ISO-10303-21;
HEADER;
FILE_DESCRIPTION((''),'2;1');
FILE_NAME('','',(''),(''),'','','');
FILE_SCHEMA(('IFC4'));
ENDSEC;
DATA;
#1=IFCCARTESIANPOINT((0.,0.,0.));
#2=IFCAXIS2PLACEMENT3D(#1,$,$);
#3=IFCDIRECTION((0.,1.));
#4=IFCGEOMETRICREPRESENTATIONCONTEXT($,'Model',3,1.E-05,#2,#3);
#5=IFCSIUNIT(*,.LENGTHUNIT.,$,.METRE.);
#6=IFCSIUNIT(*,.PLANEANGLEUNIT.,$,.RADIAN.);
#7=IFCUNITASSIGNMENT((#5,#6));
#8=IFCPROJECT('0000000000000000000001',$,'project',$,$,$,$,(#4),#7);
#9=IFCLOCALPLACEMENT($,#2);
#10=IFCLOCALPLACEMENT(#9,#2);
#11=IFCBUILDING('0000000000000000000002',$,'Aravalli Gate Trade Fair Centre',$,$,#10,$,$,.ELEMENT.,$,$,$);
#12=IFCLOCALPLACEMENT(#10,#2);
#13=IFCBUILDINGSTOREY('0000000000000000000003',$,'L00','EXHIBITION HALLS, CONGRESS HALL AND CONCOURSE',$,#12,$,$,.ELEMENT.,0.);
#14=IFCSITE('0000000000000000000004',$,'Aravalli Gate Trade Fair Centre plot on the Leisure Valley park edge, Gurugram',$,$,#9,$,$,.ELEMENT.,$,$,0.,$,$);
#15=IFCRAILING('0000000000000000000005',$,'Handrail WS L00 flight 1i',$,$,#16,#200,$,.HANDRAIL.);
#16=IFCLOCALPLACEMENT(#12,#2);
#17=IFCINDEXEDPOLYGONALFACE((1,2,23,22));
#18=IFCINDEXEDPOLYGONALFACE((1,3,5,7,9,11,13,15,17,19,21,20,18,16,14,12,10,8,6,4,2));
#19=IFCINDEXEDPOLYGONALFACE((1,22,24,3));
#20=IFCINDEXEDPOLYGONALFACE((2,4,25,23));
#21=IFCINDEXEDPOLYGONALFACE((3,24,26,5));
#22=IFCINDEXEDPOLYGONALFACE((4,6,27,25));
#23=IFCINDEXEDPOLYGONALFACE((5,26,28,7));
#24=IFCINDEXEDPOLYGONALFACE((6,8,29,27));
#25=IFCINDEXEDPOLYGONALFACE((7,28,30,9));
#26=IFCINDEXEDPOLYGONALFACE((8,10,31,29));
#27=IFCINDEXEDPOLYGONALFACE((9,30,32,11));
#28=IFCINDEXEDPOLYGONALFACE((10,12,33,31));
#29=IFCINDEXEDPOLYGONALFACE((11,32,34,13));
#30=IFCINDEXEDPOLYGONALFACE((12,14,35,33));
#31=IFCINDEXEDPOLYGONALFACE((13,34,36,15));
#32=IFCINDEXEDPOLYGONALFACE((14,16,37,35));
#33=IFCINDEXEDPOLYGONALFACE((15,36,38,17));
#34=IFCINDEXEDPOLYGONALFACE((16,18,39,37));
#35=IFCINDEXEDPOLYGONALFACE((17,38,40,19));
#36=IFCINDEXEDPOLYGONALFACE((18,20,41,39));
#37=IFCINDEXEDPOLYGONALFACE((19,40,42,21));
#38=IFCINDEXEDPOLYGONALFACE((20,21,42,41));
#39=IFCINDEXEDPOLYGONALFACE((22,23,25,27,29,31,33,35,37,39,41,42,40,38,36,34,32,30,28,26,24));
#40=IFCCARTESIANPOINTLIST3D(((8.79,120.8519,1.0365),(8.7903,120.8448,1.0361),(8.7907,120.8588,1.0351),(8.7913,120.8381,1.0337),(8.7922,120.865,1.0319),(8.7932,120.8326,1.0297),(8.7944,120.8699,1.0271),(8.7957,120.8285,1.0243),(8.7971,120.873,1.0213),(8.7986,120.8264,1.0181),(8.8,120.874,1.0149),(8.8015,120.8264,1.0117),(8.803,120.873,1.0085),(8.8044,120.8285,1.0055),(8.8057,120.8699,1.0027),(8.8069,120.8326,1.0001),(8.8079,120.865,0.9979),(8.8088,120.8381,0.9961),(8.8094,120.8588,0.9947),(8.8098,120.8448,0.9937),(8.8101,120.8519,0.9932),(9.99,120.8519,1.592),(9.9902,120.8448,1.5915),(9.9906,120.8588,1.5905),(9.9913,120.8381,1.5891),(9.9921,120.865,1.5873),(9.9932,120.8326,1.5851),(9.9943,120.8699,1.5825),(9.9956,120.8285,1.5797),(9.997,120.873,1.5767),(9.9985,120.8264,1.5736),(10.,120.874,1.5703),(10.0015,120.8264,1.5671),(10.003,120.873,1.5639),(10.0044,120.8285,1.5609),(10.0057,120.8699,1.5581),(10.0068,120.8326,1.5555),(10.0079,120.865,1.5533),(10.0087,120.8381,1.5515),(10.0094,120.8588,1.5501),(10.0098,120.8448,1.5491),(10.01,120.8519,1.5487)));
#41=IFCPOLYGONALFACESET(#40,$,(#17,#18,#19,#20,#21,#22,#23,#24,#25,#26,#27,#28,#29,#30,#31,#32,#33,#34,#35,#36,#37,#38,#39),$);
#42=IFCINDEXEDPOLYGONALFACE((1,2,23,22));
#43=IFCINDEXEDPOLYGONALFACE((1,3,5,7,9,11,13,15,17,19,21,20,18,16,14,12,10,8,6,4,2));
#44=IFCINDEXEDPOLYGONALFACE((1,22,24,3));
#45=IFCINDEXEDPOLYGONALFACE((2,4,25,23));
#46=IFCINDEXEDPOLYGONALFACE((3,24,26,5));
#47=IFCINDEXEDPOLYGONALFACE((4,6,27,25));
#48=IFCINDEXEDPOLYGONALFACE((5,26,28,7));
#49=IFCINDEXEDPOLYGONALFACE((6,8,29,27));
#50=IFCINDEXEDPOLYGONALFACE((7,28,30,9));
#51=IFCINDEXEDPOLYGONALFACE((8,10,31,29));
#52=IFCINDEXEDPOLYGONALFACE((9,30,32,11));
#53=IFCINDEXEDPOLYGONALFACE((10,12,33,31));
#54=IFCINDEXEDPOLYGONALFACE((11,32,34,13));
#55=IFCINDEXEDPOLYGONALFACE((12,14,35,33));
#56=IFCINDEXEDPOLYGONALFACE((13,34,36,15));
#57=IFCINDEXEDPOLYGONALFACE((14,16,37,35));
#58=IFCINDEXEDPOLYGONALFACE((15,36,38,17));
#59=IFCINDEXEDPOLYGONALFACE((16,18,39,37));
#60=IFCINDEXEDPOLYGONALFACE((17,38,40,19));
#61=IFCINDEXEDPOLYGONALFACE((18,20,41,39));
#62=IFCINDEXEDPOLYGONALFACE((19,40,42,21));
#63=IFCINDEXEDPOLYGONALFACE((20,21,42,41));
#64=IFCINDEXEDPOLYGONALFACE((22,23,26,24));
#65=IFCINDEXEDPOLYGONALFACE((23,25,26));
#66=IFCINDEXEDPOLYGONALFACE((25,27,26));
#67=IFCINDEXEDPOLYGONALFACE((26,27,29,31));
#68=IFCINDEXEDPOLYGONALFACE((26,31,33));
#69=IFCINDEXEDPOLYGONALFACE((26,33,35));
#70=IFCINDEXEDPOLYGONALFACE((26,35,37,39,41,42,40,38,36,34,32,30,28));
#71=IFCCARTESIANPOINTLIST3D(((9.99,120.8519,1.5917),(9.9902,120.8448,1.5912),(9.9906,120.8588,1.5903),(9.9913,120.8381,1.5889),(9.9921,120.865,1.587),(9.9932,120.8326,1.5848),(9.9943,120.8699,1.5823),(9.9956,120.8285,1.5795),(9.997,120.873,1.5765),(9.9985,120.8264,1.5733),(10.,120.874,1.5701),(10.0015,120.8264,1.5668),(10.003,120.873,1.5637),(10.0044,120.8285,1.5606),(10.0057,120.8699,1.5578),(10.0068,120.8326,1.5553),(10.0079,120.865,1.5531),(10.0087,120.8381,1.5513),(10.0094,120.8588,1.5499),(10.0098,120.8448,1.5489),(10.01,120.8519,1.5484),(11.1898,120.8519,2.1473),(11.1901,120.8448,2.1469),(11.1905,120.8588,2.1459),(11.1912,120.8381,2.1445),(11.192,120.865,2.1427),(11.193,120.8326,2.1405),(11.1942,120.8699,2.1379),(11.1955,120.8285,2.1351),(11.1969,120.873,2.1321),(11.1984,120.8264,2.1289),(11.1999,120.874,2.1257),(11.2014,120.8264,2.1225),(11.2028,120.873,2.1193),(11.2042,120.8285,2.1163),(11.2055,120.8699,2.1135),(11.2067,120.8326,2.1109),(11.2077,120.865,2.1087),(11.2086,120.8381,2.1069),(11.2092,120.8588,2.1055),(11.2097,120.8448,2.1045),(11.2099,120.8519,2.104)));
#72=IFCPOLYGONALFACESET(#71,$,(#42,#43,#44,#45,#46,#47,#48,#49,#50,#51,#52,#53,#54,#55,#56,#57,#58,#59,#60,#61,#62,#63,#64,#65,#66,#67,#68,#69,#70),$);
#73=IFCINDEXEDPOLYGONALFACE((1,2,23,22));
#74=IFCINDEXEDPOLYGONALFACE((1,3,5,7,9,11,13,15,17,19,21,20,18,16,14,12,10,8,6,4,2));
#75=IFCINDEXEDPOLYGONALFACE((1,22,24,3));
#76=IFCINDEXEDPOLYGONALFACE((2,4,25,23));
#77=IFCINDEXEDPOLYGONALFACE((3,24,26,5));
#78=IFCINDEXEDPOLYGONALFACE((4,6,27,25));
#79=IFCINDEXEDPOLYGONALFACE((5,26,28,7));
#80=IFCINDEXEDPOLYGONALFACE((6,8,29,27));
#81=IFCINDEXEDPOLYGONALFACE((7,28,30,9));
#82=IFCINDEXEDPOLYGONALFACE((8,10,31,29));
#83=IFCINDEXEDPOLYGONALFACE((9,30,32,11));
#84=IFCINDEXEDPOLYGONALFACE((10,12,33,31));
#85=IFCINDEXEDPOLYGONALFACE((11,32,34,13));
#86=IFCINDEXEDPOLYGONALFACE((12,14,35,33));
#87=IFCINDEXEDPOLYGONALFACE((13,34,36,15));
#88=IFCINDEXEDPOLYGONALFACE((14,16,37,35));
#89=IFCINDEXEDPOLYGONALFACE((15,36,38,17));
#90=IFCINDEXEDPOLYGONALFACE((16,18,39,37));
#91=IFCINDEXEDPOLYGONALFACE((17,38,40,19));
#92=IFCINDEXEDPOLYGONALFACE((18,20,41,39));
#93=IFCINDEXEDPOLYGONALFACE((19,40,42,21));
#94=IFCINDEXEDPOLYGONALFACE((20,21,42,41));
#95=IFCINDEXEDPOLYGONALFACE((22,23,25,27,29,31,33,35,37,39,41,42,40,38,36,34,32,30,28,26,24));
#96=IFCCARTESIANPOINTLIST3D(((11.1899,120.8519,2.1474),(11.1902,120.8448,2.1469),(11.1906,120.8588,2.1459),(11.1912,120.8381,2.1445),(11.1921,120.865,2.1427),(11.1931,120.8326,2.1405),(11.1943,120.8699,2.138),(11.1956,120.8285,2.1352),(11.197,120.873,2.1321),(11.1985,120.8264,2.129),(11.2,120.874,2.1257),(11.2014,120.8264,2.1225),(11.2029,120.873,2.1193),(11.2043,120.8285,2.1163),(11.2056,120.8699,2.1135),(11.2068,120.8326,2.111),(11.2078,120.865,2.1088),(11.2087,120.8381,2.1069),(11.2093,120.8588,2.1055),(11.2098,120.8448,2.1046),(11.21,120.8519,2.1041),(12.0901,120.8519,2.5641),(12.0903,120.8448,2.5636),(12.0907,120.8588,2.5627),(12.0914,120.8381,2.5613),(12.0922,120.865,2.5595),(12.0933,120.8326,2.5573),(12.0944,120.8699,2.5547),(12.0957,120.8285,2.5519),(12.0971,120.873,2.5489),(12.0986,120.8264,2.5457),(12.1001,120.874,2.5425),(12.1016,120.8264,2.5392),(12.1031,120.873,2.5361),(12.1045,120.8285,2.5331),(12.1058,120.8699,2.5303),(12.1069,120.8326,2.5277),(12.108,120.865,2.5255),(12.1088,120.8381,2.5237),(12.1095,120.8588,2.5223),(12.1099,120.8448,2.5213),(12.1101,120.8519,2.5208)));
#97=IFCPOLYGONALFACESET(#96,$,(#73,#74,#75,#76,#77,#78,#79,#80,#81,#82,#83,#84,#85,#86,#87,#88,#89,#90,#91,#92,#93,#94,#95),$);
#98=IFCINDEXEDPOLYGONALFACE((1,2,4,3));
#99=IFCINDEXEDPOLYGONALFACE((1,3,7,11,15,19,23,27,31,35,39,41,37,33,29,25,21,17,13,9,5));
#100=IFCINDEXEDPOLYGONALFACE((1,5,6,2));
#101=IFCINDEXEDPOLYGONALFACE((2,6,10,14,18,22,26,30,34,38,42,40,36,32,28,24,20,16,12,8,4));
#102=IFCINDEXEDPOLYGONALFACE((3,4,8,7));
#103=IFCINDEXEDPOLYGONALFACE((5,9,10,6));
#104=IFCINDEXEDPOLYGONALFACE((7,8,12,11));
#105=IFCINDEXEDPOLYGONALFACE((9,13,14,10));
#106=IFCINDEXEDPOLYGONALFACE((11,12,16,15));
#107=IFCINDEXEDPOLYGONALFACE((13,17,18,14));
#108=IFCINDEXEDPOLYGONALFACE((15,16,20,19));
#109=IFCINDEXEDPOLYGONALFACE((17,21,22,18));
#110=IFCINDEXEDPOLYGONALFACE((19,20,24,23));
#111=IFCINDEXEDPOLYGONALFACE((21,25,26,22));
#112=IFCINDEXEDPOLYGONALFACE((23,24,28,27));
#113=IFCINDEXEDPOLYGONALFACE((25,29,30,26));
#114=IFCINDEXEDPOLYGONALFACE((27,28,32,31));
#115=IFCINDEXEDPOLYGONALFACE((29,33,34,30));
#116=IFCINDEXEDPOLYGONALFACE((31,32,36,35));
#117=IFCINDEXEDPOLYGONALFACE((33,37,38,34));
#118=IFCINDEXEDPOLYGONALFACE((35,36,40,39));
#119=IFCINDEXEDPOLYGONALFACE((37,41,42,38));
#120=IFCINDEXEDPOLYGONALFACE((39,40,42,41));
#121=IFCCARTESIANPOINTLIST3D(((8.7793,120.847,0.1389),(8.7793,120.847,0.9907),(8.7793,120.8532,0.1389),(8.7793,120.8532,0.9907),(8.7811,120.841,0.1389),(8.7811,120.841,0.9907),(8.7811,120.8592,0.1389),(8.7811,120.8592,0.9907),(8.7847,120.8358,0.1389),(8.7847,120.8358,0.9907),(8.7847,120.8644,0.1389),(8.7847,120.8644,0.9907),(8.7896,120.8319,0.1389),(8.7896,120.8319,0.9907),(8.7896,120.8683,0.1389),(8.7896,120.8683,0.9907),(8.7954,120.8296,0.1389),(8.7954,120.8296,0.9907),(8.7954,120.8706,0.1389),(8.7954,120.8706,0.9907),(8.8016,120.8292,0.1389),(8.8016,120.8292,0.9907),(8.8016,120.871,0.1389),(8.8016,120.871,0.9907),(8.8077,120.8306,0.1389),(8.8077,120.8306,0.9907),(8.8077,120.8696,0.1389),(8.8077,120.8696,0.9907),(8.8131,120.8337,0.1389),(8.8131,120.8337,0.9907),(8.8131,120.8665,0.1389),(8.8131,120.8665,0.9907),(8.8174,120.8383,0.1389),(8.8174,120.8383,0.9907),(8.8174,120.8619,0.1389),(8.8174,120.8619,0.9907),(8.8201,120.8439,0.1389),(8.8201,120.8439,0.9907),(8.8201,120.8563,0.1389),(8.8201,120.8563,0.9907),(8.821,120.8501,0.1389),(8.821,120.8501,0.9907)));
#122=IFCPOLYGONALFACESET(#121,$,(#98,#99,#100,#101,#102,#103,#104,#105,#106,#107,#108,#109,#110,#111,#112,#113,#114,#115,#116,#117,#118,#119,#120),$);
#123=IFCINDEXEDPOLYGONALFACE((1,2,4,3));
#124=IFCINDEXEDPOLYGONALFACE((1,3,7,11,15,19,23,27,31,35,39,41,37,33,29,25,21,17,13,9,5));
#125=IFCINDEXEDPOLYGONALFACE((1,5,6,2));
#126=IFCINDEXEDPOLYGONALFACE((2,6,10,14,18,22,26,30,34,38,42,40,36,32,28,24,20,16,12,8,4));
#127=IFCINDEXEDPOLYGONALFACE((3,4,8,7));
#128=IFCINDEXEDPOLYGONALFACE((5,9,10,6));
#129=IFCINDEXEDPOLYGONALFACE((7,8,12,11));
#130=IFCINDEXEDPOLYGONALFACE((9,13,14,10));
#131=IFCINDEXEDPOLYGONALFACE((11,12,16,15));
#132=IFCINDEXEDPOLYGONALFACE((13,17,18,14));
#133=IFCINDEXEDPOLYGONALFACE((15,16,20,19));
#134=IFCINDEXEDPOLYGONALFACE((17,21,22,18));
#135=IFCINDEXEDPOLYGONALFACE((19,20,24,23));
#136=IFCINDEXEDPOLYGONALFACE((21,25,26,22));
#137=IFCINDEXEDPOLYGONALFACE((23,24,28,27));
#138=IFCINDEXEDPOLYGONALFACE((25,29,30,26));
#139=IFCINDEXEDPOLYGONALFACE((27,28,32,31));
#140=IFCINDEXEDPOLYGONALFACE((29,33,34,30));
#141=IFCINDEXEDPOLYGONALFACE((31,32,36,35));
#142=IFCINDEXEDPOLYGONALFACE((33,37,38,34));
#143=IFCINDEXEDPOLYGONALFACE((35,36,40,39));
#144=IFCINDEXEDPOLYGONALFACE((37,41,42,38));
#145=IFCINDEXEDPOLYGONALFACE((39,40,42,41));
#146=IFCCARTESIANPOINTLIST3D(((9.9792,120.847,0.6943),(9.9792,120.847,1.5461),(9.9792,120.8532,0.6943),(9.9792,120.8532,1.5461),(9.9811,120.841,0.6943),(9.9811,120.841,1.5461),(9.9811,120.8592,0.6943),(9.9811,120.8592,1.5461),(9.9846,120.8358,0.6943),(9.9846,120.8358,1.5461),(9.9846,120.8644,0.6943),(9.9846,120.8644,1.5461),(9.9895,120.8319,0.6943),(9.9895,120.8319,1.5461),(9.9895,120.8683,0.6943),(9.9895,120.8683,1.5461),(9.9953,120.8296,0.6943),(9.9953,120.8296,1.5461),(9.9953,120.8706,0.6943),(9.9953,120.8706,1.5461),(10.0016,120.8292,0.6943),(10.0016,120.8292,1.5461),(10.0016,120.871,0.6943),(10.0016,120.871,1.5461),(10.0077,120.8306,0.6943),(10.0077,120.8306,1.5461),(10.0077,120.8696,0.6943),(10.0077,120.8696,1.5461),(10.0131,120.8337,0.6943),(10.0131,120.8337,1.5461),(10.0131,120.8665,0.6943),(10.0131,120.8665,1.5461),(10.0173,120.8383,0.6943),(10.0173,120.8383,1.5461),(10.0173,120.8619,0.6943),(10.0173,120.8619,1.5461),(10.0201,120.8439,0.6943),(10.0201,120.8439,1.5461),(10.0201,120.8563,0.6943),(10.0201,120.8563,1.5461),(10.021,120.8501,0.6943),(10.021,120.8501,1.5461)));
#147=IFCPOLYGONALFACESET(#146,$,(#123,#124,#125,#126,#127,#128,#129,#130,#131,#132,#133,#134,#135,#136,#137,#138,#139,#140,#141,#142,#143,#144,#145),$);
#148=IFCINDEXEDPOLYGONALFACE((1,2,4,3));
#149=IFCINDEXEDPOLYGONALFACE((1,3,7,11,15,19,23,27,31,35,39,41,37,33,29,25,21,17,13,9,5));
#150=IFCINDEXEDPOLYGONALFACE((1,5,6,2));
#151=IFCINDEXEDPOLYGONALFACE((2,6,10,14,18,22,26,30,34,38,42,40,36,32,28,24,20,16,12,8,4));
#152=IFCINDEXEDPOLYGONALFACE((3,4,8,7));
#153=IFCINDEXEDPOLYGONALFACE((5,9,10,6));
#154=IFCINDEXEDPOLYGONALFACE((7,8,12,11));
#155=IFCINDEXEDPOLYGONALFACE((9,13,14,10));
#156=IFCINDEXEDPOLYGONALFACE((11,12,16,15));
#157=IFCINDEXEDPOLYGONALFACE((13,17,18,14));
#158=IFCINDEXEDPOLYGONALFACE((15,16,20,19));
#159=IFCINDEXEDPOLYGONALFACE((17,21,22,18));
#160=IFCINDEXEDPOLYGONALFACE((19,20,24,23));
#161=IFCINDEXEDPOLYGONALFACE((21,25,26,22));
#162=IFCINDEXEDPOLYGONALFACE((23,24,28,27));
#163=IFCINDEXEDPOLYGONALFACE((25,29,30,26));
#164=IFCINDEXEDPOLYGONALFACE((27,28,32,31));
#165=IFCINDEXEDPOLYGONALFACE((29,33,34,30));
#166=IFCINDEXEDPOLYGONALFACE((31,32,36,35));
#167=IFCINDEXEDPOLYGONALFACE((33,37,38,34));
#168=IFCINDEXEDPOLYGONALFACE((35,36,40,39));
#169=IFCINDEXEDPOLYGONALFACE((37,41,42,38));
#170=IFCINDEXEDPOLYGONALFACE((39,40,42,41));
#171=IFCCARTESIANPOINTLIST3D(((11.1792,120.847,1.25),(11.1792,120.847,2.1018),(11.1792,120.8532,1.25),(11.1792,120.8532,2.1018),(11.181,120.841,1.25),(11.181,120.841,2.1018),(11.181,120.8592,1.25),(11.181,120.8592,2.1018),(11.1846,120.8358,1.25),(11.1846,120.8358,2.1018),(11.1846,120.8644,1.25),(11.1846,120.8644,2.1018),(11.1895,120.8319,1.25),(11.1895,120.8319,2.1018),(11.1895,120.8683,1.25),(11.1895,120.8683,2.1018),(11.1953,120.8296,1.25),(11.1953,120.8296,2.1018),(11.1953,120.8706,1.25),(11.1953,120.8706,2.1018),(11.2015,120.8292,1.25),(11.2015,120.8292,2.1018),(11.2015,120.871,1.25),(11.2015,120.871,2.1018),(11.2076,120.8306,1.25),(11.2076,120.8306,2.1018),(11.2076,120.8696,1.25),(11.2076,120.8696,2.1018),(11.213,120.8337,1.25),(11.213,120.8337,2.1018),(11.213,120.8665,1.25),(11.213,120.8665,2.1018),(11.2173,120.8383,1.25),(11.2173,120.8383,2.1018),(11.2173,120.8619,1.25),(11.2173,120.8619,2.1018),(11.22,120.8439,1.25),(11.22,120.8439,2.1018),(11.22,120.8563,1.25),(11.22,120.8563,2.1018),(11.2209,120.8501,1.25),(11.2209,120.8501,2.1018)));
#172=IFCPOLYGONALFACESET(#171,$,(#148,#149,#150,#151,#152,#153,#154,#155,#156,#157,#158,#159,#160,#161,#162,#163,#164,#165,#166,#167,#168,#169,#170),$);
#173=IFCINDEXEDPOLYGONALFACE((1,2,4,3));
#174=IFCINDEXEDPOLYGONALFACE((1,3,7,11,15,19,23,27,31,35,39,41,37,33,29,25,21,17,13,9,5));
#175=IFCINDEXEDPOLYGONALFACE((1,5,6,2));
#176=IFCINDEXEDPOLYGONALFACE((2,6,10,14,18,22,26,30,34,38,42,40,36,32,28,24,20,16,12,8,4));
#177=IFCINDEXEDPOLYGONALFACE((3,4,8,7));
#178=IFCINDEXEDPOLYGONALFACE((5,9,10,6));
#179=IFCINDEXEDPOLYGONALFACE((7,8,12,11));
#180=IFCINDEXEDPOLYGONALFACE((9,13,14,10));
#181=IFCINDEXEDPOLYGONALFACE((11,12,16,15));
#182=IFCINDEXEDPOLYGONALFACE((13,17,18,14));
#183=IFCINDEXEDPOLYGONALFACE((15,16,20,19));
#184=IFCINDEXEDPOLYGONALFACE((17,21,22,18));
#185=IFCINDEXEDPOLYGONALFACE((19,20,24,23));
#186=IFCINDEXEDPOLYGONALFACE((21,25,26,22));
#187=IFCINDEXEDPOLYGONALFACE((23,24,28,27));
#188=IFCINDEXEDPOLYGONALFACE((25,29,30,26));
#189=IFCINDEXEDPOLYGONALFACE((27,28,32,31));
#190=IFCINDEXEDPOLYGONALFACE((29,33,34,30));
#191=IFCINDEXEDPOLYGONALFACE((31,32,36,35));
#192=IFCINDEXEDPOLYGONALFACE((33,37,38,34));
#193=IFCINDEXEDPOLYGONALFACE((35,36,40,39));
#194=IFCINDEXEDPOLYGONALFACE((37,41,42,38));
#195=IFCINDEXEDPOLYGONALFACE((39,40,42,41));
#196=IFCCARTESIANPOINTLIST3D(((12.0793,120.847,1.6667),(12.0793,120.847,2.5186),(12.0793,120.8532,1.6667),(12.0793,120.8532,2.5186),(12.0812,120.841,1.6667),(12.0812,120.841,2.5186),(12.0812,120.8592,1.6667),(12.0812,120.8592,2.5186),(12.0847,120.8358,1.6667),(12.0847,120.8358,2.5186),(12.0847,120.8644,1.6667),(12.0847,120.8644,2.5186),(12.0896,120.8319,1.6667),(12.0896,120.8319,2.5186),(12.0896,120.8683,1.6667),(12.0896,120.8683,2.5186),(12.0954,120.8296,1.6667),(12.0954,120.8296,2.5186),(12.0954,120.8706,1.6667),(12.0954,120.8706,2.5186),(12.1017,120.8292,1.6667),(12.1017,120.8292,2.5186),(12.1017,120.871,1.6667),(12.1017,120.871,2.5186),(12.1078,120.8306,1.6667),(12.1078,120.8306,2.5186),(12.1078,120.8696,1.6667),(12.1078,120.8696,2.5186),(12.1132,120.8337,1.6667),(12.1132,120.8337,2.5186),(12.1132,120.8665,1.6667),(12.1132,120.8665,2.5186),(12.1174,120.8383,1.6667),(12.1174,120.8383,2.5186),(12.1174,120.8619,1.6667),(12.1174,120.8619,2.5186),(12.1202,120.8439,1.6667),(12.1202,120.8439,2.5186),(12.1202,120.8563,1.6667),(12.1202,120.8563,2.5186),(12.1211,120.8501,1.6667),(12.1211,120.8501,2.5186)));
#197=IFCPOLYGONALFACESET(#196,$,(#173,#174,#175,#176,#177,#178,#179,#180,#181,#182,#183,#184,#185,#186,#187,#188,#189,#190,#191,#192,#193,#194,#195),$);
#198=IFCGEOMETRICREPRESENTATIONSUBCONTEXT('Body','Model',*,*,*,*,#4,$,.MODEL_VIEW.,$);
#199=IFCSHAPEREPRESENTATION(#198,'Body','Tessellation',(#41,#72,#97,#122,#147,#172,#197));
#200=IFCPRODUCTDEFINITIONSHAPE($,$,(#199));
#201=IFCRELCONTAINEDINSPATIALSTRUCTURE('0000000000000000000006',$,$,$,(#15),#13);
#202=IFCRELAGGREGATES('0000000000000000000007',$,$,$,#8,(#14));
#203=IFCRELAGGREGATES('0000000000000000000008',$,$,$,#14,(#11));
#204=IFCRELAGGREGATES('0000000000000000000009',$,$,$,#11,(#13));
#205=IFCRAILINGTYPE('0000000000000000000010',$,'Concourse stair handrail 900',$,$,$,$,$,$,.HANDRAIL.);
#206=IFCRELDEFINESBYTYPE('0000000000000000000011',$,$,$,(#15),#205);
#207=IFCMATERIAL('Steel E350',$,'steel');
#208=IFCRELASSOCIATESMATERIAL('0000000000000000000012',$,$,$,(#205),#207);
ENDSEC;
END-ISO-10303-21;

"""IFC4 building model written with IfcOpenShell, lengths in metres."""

from ifc_helpers import new_model, si_unit, direction, frame, origin, origin_2d, place, context, subcontext, project, spatial, circle, extrude, material, type_object, element, save


model = new_model("IFC4")

# Units and contexts
model_context = context("Model", 3, precision=1e-05, world=origin(), true_north=direction((0.0, 1.0)))
body_context = subcontext(model_context, "Body", "Model", "MODEL_VIEW")
ifc_project = project(units=[si_unit("LENGTHUNIT", "METRE"), si_unit("PLANEANGLEUNIT", "RADIAN")], contexts=[model_context])

# Site, building, storey
site_placement = place(None, origin())
site = spatial("IfcSite", under=ifc_project, at=site_placement, Name="Aravalli Gate Trade Fair Centre plot on the Leisure Valley park edge, Gurugram", CompositionType="ELEMENT", RefElevation=0.0)
building_placement = place(site_placement, origin())
building = spatial("IfcBuilding", under=site, at=building_placement, Name="Aravalli Gate Trade Fair Centre", CompositionType="ELEMENT")
storey_placement = place(building_placement, origin())
storey = spatial("IfcBuildingStorey", under=building, at=storey_placement, Name="L00", Description="EXHIBITION HALLS, CONGRESS HALL AND CONCOURSE", CompositionType="ELEMENT", Elevation=0.0)

# Shared definitions
ifc_material_1 = material(Name="Steel E350", Category="steel")

# Railing
railing_type = type_object("IfcRailingType", Name="Concourse stair handrail 900", PredefinedType="HANDRAIL", material=ifc_material_1)
for number, where, name in (
    (1, (8.8, 120.8501, 0.1389), "Handrail WS L00 flight 1i"),
):
    element("IfcRailing", number, at=place(storey_placement, frame(where)), inside=storey, type_object=railing_type, Name=name, PredefinedType="HANDRAIL", context=body_context, shape_type="SweptSolid", body=[
        extrude(circle(Radius=0.0239, at=origin_2d()), frame((0.0, 0.0, 0.876), z_axis=(0.907499, 0.0, 0.420053), x_axis=(0.0, 1.0, 0.0)), (0.0, 0.0, 1.0), 1.3223),
        extrude(circle(Radius=0.0239, at=origin_2d()), frame((1.2, 0.0, 1.4312), z_axis=(0.907429, 0.0, 0.420205), x_axis=(0.0, 1.0, 0.0)), (0.0, 0.0, 1.0), 1.3223),
        extrude(circle(Radius=0.0239, at=origin_2d()), frame((2.3999, 0.0, 1.9868), z_axis=(0.907462, 0.0, 0.420135), x_axis=(0.0, 1.0, 0.0)), (0.0, 0.0, 1.0), 0.9919),
        extrude(circle(Radius=0.021, at=origin_2d()), origin(), (0.0, 0.0, 1.0), 0.8518),
        extrude(circle(Radius=0.021, at=origin_2d()), frame((1.2, 0.0, 0.5554)), (0.0, 0.0, 1.0), 0.8518),
        extrude(circle(Radius=0.021, at=origin_2d()), frame((2.3999, 0.0, 1.1111)), (0.0, 0.0, 1.0), 0.8518),
        extrude(circle(Radius=0.021, at=origin_2d()), frame((3.3, 0.0, 1.5278)), (0.0, 0.0, 1.0), 0.8518),
    ])

save(model, "model.ifc")
